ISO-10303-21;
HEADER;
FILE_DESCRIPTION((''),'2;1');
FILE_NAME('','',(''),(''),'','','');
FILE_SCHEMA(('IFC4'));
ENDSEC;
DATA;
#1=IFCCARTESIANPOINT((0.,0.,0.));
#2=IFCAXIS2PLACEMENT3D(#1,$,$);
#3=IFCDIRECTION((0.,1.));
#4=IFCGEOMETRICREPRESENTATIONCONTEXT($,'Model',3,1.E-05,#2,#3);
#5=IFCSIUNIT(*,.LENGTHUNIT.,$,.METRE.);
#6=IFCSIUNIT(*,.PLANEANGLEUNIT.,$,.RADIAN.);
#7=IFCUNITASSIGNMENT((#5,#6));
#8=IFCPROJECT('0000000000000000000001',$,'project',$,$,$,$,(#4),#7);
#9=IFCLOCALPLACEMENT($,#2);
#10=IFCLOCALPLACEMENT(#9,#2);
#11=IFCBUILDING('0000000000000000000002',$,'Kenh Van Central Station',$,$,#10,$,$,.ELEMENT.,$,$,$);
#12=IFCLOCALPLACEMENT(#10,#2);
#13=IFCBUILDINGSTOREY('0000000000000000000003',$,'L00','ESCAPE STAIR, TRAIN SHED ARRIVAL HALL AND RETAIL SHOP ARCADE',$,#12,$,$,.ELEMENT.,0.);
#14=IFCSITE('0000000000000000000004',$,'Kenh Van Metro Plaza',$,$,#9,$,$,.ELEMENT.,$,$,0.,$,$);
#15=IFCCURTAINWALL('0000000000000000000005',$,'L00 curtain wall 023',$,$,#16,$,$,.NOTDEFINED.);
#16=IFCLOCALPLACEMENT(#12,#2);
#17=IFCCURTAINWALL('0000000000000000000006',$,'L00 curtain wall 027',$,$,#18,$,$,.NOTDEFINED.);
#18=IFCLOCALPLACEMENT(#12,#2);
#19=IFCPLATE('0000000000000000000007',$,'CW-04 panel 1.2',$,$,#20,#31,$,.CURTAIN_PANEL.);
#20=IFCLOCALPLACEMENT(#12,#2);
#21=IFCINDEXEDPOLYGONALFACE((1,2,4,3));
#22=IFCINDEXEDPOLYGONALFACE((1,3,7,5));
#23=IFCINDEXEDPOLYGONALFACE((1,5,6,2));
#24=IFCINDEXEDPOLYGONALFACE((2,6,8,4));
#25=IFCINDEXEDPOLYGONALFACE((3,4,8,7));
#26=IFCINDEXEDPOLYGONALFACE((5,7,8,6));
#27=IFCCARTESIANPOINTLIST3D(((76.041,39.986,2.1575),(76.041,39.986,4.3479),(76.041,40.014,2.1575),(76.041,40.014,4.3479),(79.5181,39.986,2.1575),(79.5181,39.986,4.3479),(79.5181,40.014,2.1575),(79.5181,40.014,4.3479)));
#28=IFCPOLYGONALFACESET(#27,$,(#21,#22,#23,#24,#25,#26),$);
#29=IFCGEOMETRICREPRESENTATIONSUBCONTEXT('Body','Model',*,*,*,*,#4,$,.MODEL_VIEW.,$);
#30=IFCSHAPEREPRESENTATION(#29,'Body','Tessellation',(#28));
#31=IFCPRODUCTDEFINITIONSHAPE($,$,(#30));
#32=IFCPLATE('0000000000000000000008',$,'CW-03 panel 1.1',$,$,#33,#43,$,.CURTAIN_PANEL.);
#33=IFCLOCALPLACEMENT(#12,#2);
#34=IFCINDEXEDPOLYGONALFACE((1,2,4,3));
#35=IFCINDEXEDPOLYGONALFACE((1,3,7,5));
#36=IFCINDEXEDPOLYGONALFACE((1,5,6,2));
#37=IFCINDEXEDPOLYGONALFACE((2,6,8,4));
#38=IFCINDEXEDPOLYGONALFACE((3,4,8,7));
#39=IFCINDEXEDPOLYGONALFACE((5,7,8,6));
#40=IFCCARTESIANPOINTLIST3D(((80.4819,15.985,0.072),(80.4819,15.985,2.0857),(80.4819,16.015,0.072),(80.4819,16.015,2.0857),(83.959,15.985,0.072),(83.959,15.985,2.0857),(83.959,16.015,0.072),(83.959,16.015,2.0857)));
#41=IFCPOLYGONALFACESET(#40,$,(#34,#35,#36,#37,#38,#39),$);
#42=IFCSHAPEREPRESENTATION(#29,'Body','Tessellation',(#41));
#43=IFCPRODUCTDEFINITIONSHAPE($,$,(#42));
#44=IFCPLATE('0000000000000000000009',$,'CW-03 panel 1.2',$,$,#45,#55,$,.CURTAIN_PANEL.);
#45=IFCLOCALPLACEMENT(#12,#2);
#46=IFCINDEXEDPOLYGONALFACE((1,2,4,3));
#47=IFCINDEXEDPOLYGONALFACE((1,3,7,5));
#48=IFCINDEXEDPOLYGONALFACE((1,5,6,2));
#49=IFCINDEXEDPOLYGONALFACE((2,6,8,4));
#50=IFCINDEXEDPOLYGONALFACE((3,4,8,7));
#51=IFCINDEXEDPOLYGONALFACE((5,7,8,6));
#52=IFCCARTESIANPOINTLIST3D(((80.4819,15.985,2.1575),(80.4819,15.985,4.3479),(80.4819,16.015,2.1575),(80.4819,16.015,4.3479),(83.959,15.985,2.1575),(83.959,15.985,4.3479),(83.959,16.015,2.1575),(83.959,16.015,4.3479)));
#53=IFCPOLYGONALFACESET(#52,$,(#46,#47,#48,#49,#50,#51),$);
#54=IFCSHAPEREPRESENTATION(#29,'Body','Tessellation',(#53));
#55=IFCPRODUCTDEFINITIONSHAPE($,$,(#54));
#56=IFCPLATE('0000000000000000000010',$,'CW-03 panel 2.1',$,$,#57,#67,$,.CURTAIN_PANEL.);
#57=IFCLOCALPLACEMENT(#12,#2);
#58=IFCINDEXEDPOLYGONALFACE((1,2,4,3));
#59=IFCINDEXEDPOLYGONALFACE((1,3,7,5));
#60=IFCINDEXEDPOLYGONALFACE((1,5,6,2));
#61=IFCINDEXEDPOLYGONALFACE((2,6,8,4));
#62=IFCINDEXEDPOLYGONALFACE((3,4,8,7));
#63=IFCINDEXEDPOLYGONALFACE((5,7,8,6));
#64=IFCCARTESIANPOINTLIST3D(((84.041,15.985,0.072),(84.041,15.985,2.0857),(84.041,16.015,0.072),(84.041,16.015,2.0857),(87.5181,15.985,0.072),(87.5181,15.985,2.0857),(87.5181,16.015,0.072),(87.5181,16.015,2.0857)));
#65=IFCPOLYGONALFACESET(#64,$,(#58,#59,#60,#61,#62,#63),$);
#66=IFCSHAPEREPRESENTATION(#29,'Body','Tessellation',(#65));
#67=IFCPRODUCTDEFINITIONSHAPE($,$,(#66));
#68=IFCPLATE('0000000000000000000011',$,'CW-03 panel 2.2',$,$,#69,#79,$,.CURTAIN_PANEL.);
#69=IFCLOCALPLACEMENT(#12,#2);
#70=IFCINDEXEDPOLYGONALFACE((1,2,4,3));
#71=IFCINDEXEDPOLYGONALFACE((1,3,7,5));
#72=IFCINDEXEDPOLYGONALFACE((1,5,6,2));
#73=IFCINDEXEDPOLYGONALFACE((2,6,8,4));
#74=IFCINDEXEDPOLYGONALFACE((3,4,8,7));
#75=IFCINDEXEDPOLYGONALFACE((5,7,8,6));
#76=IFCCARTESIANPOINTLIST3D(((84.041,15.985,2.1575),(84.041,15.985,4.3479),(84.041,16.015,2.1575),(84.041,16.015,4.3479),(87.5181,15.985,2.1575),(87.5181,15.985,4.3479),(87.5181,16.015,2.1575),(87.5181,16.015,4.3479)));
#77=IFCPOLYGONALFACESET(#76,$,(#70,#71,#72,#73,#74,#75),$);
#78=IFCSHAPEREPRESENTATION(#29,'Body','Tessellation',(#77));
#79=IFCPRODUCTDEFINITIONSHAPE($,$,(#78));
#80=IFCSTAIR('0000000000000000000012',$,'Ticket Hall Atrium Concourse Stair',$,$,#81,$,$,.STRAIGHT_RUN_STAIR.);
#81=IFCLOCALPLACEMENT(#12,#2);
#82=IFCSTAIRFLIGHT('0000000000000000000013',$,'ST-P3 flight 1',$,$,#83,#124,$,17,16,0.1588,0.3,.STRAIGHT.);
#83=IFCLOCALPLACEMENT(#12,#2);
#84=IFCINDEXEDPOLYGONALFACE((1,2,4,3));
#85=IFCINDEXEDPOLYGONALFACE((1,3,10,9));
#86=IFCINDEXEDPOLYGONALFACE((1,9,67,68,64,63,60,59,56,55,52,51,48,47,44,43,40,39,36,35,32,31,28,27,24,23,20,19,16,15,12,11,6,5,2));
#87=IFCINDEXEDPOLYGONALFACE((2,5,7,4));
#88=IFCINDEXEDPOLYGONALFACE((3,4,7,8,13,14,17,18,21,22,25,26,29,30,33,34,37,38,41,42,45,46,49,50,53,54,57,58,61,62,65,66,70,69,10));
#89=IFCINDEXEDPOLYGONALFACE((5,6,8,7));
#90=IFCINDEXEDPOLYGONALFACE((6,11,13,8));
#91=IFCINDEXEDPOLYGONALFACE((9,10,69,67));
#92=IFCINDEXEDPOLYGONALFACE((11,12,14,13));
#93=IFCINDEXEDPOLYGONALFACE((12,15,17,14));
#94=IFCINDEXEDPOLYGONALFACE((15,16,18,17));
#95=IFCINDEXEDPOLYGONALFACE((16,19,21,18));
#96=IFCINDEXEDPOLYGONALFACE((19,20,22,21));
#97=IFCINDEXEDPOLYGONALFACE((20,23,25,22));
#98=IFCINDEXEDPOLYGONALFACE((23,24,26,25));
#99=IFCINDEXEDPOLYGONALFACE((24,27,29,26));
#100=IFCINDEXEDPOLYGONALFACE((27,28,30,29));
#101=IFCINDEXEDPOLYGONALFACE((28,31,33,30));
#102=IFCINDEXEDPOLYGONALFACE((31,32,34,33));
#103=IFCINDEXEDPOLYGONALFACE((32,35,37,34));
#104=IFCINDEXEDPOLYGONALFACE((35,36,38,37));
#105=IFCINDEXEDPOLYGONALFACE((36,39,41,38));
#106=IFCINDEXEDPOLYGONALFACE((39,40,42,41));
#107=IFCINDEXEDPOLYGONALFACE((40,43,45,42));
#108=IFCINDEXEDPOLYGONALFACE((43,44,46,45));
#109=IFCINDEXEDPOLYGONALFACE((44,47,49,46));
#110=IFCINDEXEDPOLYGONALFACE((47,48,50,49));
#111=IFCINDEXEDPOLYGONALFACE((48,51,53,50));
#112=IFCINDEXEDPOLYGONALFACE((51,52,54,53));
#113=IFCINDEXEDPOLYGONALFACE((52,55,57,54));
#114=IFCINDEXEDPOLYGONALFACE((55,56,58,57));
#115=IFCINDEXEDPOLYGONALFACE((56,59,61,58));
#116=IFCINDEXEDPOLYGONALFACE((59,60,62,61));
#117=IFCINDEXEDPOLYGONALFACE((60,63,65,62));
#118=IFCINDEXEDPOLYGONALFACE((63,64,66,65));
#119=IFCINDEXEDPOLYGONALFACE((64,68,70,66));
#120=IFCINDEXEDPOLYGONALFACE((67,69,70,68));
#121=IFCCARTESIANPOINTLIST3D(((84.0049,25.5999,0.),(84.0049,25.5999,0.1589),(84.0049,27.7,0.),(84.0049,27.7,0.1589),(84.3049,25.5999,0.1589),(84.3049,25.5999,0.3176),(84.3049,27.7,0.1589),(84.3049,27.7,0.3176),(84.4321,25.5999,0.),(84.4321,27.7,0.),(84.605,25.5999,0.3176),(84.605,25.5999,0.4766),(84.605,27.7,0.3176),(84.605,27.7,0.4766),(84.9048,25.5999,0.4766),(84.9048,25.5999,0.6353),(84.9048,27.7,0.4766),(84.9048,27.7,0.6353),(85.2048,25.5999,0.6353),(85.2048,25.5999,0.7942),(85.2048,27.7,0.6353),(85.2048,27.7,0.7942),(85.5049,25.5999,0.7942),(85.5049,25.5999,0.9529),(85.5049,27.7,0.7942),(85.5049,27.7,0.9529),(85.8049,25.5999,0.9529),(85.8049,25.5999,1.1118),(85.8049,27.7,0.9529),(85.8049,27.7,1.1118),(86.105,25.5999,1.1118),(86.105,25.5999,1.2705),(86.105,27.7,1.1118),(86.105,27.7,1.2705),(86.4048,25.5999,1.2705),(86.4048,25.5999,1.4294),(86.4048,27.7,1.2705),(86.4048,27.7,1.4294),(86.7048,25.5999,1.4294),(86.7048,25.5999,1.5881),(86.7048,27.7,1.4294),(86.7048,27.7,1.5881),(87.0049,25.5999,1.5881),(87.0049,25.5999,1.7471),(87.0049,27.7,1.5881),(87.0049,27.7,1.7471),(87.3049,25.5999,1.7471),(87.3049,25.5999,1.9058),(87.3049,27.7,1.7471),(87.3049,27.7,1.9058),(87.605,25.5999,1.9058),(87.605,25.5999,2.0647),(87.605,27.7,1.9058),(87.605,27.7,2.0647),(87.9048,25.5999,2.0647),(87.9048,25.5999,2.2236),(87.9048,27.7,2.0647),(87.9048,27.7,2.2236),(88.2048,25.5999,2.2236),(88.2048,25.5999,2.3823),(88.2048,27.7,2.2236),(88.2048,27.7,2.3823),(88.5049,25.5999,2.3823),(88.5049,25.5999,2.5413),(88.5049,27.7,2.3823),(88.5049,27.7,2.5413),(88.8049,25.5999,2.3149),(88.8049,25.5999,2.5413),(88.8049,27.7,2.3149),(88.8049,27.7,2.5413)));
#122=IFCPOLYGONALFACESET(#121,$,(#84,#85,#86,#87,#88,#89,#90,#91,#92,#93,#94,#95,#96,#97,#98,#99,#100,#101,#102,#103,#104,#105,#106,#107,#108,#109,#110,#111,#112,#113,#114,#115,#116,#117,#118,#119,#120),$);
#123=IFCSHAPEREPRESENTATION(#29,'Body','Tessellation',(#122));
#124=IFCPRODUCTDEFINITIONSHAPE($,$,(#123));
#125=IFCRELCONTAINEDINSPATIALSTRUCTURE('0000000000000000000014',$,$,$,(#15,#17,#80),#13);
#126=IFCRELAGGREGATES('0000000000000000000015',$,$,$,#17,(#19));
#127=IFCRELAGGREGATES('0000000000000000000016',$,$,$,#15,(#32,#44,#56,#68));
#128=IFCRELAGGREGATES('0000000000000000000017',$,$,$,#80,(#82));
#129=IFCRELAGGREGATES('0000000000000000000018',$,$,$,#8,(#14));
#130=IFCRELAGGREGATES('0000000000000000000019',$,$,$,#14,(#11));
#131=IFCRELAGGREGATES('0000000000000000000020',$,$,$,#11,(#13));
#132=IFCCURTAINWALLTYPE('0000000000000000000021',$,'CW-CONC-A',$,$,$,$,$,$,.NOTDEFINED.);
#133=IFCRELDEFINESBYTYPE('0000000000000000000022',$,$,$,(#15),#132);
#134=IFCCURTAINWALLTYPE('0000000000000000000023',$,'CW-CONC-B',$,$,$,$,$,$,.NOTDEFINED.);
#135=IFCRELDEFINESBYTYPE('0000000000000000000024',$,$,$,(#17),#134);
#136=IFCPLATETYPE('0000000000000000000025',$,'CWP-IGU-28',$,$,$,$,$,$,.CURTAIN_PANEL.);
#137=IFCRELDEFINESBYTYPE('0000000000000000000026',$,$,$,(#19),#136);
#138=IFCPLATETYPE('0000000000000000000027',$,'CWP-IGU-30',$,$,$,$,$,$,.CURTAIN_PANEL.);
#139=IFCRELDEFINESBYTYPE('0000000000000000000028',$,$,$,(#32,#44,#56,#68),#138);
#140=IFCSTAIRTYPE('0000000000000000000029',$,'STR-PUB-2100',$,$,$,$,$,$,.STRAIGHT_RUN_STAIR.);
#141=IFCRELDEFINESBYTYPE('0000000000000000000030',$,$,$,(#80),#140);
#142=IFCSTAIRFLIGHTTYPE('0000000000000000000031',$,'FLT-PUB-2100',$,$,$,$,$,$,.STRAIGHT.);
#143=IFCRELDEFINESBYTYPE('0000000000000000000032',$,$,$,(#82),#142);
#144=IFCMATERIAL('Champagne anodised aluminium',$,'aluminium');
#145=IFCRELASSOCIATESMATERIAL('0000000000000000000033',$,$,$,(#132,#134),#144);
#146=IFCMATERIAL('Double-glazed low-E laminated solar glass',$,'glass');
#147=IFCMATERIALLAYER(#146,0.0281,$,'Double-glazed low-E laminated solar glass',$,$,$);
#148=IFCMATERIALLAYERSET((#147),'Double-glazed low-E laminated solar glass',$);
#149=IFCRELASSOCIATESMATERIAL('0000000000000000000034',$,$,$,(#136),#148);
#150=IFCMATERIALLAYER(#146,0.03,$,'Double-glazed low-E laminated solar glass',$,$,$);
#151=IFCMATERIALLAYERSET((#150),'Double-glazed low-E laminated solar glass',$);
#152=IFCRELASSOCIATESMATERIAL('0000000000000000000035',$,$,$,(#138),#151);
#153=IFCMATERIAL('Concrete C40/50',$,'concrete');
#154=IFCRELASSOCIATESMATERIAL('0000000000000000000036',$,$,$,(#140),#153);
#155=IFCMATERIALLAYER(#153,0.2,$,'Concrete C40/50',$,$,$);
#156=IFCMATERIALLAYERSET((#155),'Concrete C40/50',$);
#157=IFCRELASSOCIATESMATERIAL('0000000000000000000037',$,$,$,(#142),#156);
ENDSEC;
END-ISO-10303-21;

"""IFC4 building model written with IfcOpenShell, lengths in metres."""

from ifc_helpers import new_model, si_unit, direction, frame, origin, origin_2d, place, context, subcontext, project, spatial, polyline, rectangle, outline, extrude, material, layer, layer_set, type_object, element, aggregate, save


model = new_model("IFC4")

# Units and contexts
model_context = context("Model", 3, precision=1e-05, world=origin(), true_north=direction((0.0, 1.0)))
body_context = subcontext(model_context, "Body", "Model", "MODEL_VIEW")
ifc_project = project(units=[si_unit("LENGTHUNIT", "METRE"), si_unit("PLANEANGLEUNIT", "RADIAN")], contexts=[model_context])

# Site, building, storey
site_placement = place(None, origin())
site = spatial("IfcSite", under=ifc_project, at=site_placement, Name="Kenh Van Metro Plaza", CompositionType="ELEMENT", RefElevation=0.0)
building_placement = place(site_placement, origin())
building = spatial("IfcBuilding", under=site, at=building_placement, Name="Kenh Van Central Station", CompositionType="ELEMENT")
storey_placement = place(building_placement, origin())
storey = spatial("IfcBuildingStorey", under=building, at=storey_placement, Name="L00", Description="ESCAPE STAIR, TRAIN SHED ARRIVAL HALL AND RETAIL SHOP ARCADE", CompositionType="ELEMENT", Elevation=0.0)

# Shared definitions
ifc_material_1 = material(Name="Concrete C40/50", Category="concrete")

# Shared definitions
ifc_material_2 = material(Name="Champagne anodised aluminium", Category="aluminium")
curtain_wall_type_1 = type_object("IfcCurtainWallType", Name="CW-CONC-A", PredefinedType="NOTDEFINED", material=ifc_material_2)

# Curtain wall
curtain_wall_1_placement = place(storey_placement, origin())
curtain_wall_1 = element("IfcCurtainWall", 1, at=curtain_wall_1_placement, inside=storey, type_object=curtain_wall_type_1, Name="L00 curtain wall 023", PredefinedType="NOTDEFINED")

# Curtain wall
curtain_wall_type_2 = type_object("IfcCurtainWallType", Name="CW-CONC-B", PredefinedType="NOTDEFINED", material=ifc_material_2)
curtain_wall_2_placement = place(storey_placement, origin())
curtain_wall_2 = element("IfcCurtainWall", 2, at=curtain_wall_2_placement, inside=storey, type_object=curtain_wall_type_2, Name="L00 curtain wall 027", PredefinedType="NOTDEFINED")

# Plates
ifc_material_3 = material(Name="Double-glazed low-E laminated solar glass", Category="glass")
ifc_layer_1 = layer(ifc_material_3, 0.0281, Name="Double-glazed low-E laminated solar glass")
ifc_layer_set_1 = layer_set([ifc_layer_1], Name="Double-glazed low-E laminated solar glass")
plate_type_1 = type_object("IfcPlateType", Name="CWP-IGU-28", PredefinedType="CURTAIN_PANEL", material=ifc_layer_set_1)
plate_1_placement = place(storey_placement, frame((77.7795, 40.0, 2.1575), z_axis=(0.0, 0.0, 1.0), x_axis=(-1.0, 0.0, 0.0)))
plate_1 = element("IfcPlate", 3, at=plate_1_placement, type_object=plate_type_1, Name="CW-04 panel 1.2", PredefinedType="CURTAIN_PANEL", context=body_context, shape_type="SweptSolid", body=[
    extrude(rectangle(XDim=3.4771, YDim=0.0281, at=origin_2d()), origin(), (0.0, 0.0, 1.0), 2.1904),
])
aggregate(curtain_wall_2, [plate_1])
ifc_layer_2 = layer(ifc_material_3, 0.03, Name="Double-glazed low-E laminated solar glass")
ifc_layer_set_2 = layer_set([ifc_layer_2], Name="Double-glazed low-E laminated solar glass")
plate_type_2 = type_object("IfcPlateType", Name="CWP-IGU-30", PredefinedType="CURTAIN_PANEL", material=ifc_layer_set_2)
plate_2_placement = place(storey_placement, frame((82.2205, 16.0, 0.072), z_axis=(0.0, 0.0, 1.0), x_axis=(1.0, 0.0, 0.0)))
plate_2 = element("IfcPlate", 4, at=plate_2_placement, type_object=plate_type_2, Name="CW-03 panel 1.1", PredefinedType="CURTAIN_PANEL", context=body_context, shape_type="SweptSolid", body=[
    extrude(rectangle(XDim=3.4771, YDim=0.03, at=origin_2d()), origin(), (0.0, 0.0, 1.0), 2.0137),
])
plate_3_placement = place(storey_placement, frame((82.2205, 16.0, 2.1575), z_axis=(0.0, 0.0, 1.0), x_axis=(1.0, 0.0, 0.0)))
plate_3 = element("IfcPlate", 5, at=plate_3_placement, type_object=plate_type_2, Name="CW-03 panel 1.2", PredefinedType="CURTAIN_PANEL", context=body_context, shape_type="SweptSolid", body=[
    extrude(rectangle(XDim=3.4771, YDim=0.03, at=origin_2d()), origin(), (0.0, 0.0, 1.0), 2.1904),
])
plate_4_placement = place(storey_placement, frame((85.7795, 16.0, 0.072), z_axis=(0.0, 0.0, 1.0), x_axis=(1.0, 0.0, 0.0)))
plate_4 = element("IfcPlate", 6, at=plate_4_placement, type_object=plate_type_2, Name="CW-03 panel 2.1", PredefinedType="CURTAIN_PANEL", context=body_context, shape_type="SweptSolid", body=[
    extrude(rectangle(XDim=3.4771, YDim=0.03, at=origin_2d()), origin(), (0.0, 0.0, 1.0), 2.0137),
])
plate_5_placement = place(storey_placement, frame((85.7795, 16.0, 2.1575), z_axis=(0.0, 0.0, 1.0), x_axis=(1.0, 0.0, 0.0)))
plate_5 = element("IfcPlate", 7, at=plate_5_placement, type_object=plate_type_2, Name="CW-03 panel 2.2", PredefinedType="CURTAIN_PANEL", context=body_context, shape_type="SweptSolid", body=[
    extrude(rectangle(XDim=3.4771, YDim=0.03, at=origin_2d()), origin(), (0.0, 0.0, 1.0), 2.1904),
])
aggregate(curtain_wall_1, [plate_2, plate_3, plate_4, plate_5])

# Stair, stair flight
stair_type = type_object("IfcStairType", Name="STR-PUB-2100", PredefinedType="STRAIGHT_RUN_STAIR", material=ifc_material_1)
stair_placement = place(storey_placement, origin())
stair = element("IfcStair", 8, at=stair_placement, inside=storey, type_object=stair_type, Name="Ticket Hall Atrium Concourse Stair", PredefinedType="STRAIGHT_RUN_STAIR")
ifc_layer_3 = layer(ifc_material_1, 0.2, Name="Concrete C40/50")
ifc_layer_set_3 = layer_set([ifc_layer_3], Name="Concrete C40/50")
stair_flight_type = type_object("IfcStairFlightType", Name="FLT-PUB-2100", PredefinedType="STRAIGHT", material=ifc_layer_set_3)
stair_flight_placement = place(storey_placement, frame((84.0049, 26.6499, 0.0), z_axis=(0.0, 0.0, 1.0), x_axis=(1.0, 0.0, 0.0)))
stair_flight = element("IfcStairFlight", 9, at=stair_flight_placement, type_object=stair_flight_type, Name="ST-P3 flight 1", NumberOfRisers=17, NumberOfTreads=16, PredefinedType="STRAIGHT", RiserHeight=0.1588, TreadLength=0.3, context=body_context, shape_type="SweptSolid", body=[
    extrude(outline(polyline([(0.0, 0.0), (0.0, 0.1589), (0.3, 0.1589), (0.3, 0.3176), (0.6001, 0.3176), (0.6001, 0.4766), (0.8999, 0.4766), (0.8999, 0.6353), (1.2, 0.6353), (1.2, 0.7942), (1.5, 0.7942), (1.5, 0.9529), (1.8, 0.9529), (1.8, 1.1118), (2.1001, 1.1118), (2.1001, 1.2705), (2.3999, 1.2705), (2.3999, 1.4294), (2.7, 1.4294), (2.7, 1.5881), (3.0, 1.5881), (3.0, 1.7471), (3.3, 1.7471), (3.3, 1.9058), (3.6001, 1.9058), (3.6001, 2.0647), (3.8999, 2.0647), (3.8999, 2.2236), (4.2, 2.2236), (4.2, 2.3823), (4.5, 2.3823), (4.5, 2.5413), (4.8, 2.5413), (4.8, 2.7), (4.8, 2.3149), (0.4272, 0.0), (0.0, 0.0)])), frame((0.0, 1.05, 0.0), z_axis=(0.0, -1.0, 0.0), x_axis=(1.0, 0.0, 0.0)), (0.0, 0.0, 1.0), 2.1001),
])
aggregate(stair, [stair_flight])

save(model, "model.ifc")
